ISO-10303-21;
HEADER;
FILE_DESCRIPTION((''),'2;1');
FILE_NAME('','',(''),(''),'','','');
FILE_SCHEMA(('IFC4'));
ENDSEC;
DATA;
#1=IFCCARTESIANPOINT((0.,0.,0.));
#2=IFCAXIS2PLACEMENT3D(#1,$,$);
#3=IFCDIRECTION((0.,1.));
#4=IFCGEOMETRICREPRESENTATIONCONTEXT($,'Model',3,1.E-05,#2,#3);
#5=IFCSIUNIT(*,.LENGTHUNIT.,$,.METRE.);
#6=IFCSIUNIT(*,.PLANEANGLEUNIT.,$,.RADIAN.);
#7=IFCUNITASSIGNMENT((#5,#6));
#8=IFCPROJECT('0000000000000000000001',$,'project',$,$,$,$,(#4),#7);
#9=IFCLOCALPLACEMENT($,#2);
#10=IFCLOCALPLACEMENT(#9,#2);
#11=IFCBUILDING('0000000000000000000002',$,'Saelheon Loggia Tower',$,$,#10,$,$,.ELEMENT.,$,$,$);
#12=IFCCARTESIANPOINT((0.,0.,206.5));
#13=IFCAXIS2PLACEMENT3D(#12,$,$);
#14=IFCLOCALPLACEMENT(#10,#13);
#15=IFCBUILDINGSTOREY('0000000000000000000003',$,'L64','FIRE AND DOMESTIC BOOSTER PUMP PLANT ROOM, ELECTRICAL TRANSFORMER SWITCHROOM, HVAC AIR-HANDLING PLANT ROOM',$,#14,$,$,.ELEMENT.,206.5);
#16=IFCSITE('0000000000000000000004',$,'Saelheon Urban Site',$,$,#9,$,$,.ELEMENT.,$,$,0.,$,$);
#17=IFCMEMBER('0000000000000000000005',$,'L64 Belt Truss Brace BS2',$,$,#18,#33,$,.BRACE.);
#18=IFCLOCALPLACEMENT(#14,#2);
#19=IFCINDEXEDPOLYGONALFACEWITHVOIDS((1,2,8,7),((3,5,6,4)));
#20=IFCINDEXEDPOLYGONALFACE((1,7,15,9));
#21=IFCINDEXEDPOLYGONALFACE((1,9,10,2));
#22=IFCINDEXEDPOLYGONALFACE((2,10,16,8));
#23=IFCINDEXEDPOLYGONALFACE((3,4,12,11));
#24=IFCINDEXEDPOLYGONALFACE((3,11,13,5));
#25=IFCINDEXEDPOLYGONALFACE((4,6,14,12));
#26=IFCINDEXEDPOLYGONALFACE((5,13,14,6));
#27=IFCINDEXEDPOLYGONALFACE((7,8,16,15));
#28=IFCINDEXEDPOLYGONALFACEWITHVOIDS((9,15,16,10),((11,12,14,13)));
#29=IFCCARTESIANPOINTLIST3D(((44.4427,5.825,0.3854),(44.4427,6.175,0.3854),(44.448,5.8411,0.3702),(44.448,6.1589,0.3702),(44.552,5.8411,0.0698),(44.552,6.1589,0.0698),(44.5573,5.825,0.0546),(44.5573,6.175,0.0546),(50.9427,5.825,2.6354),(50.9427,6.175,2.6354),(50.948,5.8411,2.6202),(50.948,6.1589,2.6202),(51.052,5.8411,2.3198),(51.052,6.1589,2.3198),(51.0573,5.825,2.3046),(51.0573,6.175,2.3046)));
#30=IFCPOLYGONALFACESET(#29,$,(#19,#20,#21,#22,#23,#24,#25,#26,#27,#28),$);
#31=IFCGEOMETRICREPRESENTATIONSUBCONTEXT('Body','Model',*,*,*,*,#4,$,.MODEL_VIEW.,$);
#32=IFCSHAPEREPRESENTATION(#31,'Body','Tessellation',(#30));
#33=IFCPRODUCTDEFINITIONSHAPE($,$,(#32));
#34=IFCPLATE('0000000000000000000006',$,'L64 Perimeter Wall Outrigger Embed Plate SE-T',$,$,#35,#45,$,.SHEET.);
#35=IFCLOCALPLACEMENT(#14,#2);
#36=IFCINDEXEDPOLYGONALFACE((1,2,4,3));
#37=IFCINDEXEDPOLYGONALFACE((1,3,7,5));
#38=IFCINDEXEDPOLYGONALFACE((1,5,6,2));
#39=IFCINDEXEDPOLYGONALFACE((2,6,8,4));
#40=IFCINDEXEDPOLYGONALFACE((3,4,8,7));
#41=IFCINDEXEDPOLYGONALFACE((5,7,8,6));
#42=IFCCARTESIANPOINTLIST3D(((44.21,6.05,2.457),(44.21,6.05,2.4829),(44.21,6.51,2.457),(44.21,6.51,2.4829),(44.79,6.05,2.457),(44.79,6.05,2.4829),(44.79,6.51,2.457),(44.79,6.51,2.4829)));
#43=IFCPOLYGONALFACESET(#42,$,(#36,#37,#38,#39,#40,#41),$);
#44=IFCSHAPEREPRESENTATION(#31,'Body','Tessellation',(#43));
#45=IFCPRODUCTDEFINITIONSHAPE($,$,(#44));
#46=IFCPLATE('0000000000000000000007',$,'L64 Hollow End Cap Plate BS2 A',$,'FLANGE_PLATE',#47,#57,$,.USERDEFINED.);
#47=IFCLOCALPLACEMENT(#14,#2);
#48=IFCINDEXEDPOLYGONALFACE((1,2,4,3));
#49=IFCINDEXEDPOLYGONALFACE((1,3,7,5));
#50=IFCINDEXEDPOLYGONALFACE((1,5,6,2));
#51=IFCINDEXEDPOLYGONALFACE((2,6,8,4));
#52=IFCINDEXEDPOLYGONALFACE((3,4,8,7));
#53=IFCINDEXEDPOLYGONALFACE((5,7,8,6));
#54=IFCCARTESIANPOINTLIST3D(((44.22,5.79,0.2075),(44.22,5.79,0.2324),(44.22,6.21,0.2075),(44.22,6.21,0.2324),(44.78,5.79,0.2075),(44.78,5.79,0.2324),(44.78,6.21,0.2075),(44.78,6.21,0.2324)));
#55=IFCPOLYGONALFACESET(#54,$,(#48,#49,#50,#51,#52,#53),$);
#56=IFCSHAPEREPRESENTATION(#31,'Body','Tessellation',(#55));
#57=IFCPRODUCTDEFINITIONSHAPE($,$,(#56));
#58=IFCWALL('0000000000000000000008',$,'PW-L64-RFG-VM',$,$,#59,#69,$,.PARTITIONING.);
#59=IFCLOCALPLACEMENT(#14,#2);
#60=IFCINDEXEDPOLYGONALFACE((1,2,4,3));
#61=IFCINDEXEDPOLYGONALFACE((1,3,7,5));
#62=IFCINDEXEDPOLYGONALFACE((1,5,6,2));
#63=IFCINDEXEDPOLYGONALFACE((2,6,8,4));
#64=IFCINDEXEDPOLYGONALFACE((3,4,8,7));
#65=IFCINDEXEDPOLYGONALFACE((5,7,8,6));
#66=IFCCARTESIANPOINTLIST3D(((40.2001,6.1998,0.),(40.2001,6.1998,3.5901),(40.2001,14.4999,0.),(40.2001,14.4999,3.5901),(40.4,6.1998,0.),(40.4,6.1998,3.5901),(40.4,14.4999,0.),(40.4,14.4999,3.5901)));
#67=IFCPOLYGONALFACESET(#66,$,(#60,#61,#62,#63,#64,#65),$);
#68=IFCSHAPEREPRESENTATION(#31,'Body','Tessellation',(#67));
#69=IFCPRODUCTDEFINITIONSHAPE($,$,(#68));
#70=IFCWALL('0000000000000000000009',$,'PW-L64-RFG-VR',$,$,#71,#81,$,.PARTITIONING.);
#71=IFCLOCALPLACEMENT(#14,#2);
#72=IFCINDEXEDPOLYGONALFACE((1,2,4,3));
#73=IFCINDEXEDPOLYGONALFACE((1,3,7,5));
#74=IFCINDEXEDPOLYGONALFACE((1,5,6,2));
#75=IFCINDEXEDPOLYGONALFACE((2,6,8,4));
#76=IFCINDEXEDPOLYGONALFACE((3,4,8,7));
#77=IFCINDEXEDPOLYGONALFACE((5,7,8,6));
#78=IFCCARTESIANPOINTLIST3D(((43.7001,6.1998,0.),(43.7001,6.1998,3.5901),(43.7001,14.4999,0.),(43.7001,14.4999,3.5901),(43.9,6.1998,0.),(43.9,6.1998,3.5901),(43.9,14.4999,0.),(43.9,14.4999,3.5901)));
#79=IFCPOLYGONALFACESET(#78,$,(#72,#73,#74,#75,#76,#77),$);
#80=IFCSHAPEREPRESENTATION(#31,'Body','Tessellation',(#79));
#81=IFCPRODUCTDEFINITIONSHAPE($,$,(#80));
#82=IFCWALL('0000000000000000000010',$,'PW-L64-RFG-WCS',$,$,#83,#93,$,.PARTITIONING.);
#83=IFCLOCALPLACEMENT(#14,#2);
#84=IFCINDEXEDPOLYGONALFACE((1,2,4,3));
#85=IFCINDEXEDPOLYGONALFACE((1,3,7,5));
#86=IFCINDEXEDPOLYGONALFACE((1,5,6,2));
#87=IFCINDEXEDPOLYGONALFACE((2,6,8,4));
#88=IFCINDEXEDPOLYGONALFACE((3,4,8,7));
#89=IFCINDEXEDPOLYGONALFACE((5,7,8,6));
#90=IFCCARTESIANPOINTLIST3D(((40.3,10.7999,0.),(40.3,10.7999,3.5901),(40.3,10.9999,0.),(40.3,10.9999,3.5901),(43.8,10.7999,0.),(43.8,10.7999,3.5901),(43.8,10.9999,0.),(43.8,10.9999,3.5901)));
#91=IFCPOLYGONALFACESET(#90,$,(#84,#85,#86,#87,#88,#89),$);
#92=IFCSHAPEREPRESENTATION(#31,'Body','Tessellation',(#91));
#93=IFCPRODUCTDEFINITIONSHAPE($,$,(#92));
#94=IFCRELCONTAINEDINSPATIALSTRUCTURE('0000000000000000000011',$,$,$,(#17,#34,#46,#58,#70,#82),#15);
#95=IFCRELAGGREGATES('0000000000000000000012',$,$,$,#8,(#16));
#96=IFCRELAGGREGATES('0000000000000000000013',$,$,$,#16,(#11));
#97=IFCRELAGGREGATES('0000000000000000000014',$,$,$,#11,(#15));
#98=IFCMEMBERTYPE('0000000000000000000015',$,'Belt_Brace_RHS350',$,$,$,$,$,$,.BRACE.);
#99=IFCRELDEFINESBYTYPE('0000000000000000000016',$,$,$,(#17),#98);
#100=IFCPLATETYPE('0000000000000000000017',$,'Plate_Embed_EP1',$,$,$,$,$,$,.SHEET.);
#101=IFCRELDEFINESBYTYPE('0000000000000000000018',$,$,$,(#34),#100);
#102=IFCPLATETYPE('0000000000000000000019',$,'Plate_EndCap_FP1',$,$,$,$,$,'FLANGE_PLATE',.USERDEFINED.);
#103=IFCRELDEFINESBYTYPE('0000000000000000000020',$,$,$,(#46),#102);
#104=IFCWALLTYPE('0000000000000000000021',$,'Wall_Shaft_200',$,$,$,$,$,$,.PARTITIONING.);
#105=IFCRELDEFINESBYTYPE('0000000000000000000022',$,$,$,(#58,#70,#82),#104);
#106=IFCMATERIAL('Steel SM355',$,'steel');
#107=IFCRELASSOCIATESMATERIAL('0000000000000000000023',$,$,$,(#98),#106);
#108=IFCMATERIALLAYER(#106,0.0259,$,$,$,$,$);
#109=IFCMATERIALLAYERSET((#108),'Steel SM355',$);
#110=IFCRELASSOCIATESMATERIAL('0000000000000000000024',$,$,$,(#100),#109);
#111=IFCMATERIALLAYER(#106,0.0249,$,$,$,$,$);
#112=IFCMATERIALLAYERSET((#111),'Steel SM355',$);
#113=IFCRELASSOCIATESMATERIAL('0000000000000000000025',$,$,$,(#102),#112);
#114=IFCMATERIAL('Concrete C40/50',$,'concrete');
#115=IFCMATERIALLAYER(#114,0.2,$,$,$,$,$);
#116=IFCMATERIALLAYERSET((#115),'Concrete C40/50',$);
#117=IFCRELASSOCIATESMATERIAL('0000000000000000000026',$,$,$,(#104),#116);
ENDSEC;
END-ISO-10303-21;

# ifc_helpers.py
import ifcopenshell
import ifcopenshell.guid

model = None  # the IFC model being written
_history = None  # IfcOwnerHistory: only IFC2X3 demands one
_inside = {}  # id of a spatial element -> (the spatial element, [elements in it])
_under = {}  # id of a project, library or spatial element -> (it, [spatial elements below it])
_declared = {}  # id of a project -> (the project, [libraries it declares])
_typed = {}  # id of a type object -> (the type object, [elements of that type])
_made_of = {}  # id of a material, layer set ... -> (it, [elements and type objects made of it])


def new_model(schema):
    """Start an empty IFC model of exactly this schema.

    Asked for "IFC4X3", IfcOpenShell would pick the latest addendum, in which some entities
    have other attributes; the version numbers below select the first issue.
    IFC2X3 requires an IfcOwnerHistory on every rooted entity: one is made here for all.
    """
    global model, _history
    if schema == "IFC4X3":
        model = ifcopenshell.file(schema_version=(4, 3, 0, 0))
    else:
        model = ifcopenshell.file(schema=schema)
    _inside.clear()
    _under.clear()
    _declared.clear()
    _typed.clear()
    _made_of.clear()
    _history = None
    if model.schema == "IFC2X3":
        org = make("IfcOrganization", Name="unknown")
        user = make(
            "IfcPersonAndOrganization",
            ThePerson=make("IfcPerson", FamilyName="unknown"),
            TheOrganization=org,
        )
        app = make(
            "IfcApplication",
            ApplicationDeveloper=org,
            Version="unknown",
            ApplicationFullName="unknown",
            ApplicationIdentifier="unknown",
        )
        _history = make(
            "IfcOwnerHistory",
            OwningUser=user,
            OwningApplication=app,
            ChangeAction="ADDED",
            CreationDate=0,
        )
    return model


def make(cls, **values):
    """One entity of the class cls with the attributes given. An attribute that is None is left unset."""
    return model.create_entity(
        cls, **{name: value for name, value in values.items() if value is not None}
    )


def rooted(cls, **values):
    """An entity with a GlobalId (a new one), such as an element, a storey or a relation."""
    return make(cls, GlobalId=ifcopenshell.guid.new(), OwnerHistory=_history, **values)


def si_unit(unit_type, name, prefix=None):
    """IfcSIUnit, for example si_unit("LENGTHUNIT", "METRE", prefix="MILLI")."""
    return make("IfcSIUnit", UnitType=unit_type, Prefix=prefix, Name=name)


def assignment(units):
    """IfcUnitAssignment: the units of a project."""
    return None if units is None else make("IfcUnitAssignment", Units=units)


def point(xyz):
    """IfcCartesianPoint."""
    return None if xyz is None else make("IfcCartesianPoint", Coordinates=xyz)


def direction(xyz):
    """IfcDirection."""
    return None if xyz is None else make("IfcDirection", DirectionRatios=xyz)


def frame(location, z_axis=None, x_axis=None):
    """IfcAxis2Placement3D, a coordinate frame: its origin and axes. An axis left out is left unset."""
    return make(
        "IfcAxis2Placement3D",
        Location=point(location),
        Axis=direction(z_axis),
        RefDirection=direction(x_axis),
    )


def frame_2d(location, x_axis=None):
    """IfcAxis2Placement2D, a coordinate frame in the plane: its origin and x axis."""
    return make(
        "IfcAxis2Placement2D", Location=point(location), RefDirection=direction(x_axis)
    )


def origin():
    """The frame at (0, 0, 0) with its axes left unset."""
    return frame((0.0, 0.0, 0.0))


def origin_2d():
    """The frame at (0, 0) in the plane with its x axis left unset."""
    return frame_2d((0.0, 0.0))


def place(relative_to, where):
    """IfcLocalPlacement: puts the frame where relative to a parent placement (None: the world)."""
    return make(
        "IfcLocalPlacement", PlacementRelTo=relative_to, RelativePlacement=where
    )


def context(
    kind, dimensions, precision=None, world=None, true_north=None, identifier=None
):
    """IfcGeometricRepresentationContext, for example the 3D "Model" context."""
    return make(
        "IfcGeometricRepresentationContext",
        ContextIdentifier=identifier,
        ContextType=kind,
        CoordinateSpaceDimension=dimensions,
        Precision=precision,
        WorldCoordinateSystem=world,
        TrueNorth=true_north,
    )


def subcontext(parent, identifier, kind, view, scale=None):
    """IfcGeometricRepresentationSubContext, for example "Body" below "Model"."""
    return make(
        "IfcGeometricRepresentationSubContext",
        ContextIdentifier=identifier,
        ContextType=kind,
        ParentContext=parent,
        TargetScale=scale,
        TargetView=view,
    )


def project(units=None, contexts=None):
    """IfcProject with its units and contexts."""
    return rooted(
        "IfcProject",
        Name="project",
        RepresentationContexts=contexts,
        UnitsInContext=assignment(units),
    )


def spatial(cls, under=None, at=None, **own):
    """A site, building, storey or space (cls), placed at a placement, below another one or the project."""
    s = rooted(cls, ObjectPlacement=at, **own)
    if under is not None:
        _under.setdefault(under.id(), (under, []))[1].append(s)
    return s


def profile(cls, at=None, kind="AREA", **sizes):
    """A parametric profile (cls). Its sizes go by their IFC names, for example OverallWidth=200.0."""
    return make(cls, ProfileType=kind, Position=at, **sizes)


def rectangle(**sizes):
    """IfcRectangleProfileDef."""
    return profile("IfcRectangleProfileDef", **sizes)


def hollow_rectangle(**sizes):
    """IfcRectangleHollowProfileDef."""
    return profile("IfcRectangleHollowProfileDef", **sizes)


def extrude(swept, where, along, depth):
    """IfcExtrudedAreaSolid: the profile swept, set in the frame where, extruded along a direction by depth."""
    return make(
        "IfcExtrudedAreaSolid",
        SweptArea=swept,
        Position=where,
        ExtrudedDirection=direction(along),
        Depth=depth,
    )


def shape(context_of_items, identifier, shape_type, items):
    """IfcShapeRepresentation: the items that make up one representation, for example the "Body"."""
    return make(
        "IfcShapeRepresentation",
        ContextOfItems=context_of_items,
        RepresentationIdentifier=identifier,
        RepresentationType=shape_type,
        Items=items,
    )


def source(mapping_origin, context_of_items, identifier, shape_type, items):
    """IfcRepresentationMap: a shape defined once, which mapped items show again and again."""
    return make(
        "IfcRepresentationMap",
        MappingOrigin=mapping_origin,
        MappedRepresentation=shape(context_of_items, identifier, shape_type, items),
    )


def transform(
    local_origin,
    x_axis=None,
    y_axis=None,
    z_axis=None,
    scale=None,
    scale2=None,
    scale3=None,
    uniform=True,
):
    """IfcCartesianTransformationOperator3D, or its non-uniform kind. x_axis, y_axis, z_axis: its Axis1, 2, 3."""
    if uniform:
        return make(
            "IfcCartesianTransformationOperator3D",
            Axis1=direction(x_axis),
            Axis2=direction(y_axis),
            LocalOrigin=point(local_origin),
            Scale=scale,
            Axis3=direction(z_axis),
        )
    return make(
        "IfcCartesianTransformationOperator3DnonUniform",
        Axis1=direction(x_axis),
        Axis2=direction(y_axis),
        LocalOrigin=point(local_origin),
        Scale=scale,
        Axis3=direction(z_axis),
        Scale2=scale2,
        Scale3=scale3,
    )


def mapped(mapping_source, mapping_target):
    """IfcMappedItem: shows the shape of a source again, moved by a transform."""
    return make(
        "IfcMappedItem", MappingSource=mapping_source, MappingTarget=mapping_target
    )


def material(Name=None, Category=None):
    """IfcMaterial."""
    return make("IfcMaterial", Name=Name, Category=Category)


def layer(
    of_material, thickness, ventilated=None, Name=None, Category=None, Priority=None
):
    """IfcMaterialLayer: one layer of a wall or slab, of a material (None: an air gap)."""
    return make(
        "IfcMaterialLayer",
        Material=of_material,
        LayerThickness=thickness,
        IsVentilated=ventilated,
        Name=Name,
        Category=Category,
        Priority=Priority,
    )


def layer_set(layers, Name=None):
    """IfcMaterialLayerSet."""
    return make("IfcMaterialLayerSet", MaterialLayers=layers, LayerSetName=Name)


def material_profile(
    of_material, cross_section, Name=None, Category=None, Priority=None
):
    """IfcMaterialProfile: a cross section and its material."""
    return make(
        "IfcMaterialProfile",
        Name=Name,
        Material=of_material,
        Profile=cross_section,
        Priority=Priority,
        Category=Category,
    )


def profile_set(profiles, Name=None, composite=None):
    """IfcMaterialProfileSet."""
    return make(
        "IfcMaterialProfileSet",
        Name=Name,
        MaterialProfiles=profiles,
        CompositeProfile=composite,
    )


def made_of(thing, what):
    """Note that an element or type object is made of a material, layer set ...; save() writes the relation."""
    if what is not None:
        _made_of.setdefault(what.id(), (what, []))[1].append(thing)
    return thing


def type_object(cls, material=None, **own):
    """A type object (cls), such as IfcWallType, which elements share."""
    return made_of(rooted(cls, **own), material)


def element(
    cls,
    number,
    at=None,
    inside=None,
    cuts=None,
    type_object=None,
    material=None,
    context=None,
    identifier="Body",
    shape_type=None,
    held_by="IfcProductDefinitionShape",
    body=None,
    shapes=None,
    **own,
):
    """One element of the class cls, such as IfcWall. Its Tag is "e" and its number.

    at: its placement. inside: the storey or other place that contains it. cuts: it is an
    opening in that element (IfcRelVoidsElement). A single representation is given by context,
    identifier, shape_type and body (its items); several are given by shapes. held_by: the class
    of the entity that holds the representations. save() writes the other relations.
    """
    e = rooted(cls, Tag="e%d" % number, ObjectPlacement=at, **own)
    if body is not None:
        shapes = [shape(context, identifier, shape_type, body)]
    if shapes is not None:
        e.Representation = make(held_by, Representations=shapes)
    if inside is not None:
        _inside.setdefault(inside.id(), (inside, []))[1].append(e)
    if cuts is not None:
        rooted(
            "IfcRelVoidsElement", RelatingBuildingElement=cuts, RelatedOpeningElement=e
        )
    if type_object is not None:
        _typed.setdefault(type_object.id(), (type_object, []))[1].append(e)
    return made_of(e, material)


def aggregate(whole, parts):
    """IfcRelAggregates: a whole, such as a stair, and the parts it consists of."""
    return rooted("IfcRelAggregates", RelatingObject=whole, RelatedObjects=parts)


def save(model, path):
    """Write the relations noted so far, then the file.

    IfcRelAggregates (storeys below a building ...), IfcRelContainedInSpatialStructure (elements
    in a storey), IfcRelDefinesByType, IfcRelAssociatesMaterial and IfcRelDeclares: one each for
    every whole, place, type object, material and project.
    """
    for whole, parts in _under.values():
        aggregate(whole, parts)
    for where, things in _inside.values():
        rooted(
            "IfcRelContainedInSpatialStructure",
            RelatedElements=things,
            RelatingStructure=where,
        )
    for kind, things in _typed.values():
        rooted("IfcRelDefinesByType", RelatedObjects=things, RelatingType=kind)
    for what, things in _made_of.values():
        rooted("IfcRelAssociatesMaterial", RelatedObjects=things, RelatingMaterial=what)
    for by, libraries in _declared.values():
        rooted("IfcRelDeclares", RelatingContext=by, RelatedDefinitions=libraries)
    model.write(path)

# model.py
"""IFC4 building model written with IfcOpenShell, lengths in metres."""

from ifc_helpers import new_model, si_unit, direction, frame, frame_2d, origin, origin_2d, place, context, subcontext, project, spatial, rectangle, hollow_rectangle, extrude, source, transform, mapped, material, layer, layer_set, material_profile, profile_set, type_object, element, save


model = new_model("IFC4")

# Units and contexts
model_context = context("Model", 3, precision=1e-05, world=origin(), true_north=direction((0.0, 1.0)))
body_context = subcontext(model_context, "Body", "Model", "MODEL_VIEW")
ifc_project = project(units=[si_unit("LENGTHUNIT", "METRE"), si_unit("PLANEANGLEUNIT", "RADIAN")], contexts=[model_context])

# Site, building, storey
site_placement = place(None, origin())
site = spatial("IfcSite", under=ifc_project, at=site_placement, Name="Saelheon Urban Site", CompositionType="ELEMENT", RefElevation=0.0)
building_placement = place(site_placement, origin())
building = spatial("IfcBuilding", under=site, at=building_placement, Name="Saelheon Loggia Tower", CompositionType="ELEMENT")
storey_placement = place(building_placement, frame((0.0, 0.0, 206.5)))
storey = spatial("IfcBuildingStorey", under=building, at=storey_placement, Name="L64", Description="FIRE AND DOMESTIC BOOSTER PUMP PLANT ROOM, ELECTRICAL TRANSFORMER SWITCHROOM, HVAC AIR-HANDLING PLANT ROOM", CompositionType="ELEMENT", Elevation=206.5)

# Member
ifc_material_1 = material(Name="Steel SM355", Category="steel")
ifc_material_profile_1 = material_profile(ifc_material_1, hollow_rectangle(XDim=0.3501, YDim=0.3501, WallThickness=0.0161, at=origin_2d()), Name="RHS-350x350x16")
ifc_profile_set_1 = profile_set([ifc_material_profile_1], Name="Steel SM355")
member_type_1 = type_object("IfcMemberType", Name="Belt_Brace_RHS350", PredefinedType="BRACE", material=ifc_profile_set_1)
shared_shape_1 = source(origin(), body_context, "Body", "SweptSolid", [
    extrude(hollow_rectangle(XDim=0.3501, YDim=0.3501, WallThickness=0.0161, at=origin_2d()), origin(), (0.0, 0.0, 1.0), 6.8784),
])
member_1_placement = place(storey_placement, frame((44.5, 6.0, 0.22), z_axis=(0.944986, 0.0, 0.327111), x_axis=(0.0, 1.0, 0.0)))
element("IfcMember", 1, at=member_1_placement, inside=storey, type_object=member_type_1, Name="L64 Belt Truss Brace BS2", PredefinedType="BRACE", context=body_context, shape_type="MappedRepresentation", body=[
    mapped(shared_shape_1, transform((0.0, 0.0, 0.0), scale=1.0)),
])

# Plates
ifc_layer_1 = layer(ifc_material_1, 0.0259)
ifc_layer_set_1 = layer_set([ifc_layer_1], Name="Steel SM355")
plate_type_1 = type_object("IfcPlateType", Name="Plate_Embed_EP1", PredefinedType="SHEET", material=ifc_layer_set_1)
shared_shape_2 = source(origin(), body_context, "Body", "SweptSolid", [
    extrude(rectangle(XDim=0.5801, YDim=0.46, at=origin_2d()), origin(), (0.0, 0.0, 1.0), 0.0259),
])
plate_1_placement = place(storey_placement, frame((44.5, 6.28, 2.457), z_axis=(0.0, 0.0, 1.0), x_axis=(1.0, 0.0, 0.0)))
element("IfcPlate", 2, at=plate_1_placement, inside=storey, type_object=plate_type_1, Name="L64 Perimeter Wall Outrigger Embed Plate SE-T", PredefinedType="SHEET", context=body_context, shape_type="MappedRepresentation", body=[
    mapped(shared_shape_2, transform((0.0, 0.0, 0.0), scale=1.0)),
])
ifc_layer_2 = layer(ifc_material_1, 0.0249)
ifc_layer_set_2 = layer_set([ifc_layer_2], Name="Steel SM355")
plate_type_2 = type_object("IfcPlateType", Name="Plate_EndCap_FP1", ElementType="FLANGE_PLATE", PredefinedType="USERDEFINED", material=ifc_layer_set_2)
shared_shape_3 = source(origin(), body_context, "Body", "SweptSolid", [
    extrude(rectangle(XDim=0.5601, YDim=0.4199, at=origin_2d()), origin(), (0.0, 0.0, 1.0), 0.0249),
])
plate_2_placement = place(storey_placement, frame((44.5, 6.0, 0.2075), z_axis=(0.0, 0.0, 1.0), x_axis=(1.0, 0.0, 0.0)))
element("IfcPlate", 3, at=plate_2_placement, inside=storey, type_object=plate_type_2, Name="L64 Hollow End Cap Plate BS2 A", ObjectType="FLANGE_PLATE", PredefinedType="USERDEFINED", context=body_context, shape_type="MappedRepresentation", body=[
    mapped(shared_shape_3, transform((0.0, 0.0, 0.0), scale=1.0)),
])

# Walls
ifc_material_2 = material(Name="Concrete C40/50", Category="concrete")
ifc_layer_3 = layer(ifc_material_2, 0.2)
ifc_layer_set_3 = layer_set([ifc_layer_3], Name="Concrete C40/50")
wall_type = type_object("IfcWallType", Name="Wall_Shaft_200", PredefinedType="PARTITIONING", material=ifc_layer_set_3)
for number, where, z_axis, x_axis, name in (
    (4, (40.3, 6.2, 0.0), (0.0, 0.0, 1.0), (0.0, 1.0, 0.0), "PW-L64-RFG-VM"),
    (5, (43.8, 6.2, 0.0), (0.0, 0.0, 1.0), (0.0, 1.0, 0.0), "PW-L64-RFG-VR"),
):
    element("IfcWall", number, at=place(storey_placement, frame(where, z_axis=z_axis, x_axis=x_axis)), inside=storey, type_object=wall_type, Name=name, PredefinedType="PARTITIONING", context=body_context, shape_type="SweptSolid", body=[
        extrude(rectangle(XDim=8.3, YDim=0.2, at=frame_2d((4.1499, 0.0))), origin(), (0.0, 0.0, 1.0), 3.5901),
    ])
wall_placement = place(storey_placement, frame((40.3, 10.8999, 0.0), z_axis=(0.0, 0.0, 1.0), x_axis=(1.0, 0.0, 0.0)))
element("IfcWall", 6, at=wall_placement, inside=storey, type_object=wall_type, Name="PW-L64-RFG-WCS", PredefinedType="PARTITIONING", context=body_context, shape_type="SweptSolid", body=[
    extrude(rectangle(XDim=3.5, YDim=0.2, at=frame_2d((1.75, 0.0))), origin(), (0.0, 0.0, 1.0), 3.5901),
])

save(model, "model.ifc")
